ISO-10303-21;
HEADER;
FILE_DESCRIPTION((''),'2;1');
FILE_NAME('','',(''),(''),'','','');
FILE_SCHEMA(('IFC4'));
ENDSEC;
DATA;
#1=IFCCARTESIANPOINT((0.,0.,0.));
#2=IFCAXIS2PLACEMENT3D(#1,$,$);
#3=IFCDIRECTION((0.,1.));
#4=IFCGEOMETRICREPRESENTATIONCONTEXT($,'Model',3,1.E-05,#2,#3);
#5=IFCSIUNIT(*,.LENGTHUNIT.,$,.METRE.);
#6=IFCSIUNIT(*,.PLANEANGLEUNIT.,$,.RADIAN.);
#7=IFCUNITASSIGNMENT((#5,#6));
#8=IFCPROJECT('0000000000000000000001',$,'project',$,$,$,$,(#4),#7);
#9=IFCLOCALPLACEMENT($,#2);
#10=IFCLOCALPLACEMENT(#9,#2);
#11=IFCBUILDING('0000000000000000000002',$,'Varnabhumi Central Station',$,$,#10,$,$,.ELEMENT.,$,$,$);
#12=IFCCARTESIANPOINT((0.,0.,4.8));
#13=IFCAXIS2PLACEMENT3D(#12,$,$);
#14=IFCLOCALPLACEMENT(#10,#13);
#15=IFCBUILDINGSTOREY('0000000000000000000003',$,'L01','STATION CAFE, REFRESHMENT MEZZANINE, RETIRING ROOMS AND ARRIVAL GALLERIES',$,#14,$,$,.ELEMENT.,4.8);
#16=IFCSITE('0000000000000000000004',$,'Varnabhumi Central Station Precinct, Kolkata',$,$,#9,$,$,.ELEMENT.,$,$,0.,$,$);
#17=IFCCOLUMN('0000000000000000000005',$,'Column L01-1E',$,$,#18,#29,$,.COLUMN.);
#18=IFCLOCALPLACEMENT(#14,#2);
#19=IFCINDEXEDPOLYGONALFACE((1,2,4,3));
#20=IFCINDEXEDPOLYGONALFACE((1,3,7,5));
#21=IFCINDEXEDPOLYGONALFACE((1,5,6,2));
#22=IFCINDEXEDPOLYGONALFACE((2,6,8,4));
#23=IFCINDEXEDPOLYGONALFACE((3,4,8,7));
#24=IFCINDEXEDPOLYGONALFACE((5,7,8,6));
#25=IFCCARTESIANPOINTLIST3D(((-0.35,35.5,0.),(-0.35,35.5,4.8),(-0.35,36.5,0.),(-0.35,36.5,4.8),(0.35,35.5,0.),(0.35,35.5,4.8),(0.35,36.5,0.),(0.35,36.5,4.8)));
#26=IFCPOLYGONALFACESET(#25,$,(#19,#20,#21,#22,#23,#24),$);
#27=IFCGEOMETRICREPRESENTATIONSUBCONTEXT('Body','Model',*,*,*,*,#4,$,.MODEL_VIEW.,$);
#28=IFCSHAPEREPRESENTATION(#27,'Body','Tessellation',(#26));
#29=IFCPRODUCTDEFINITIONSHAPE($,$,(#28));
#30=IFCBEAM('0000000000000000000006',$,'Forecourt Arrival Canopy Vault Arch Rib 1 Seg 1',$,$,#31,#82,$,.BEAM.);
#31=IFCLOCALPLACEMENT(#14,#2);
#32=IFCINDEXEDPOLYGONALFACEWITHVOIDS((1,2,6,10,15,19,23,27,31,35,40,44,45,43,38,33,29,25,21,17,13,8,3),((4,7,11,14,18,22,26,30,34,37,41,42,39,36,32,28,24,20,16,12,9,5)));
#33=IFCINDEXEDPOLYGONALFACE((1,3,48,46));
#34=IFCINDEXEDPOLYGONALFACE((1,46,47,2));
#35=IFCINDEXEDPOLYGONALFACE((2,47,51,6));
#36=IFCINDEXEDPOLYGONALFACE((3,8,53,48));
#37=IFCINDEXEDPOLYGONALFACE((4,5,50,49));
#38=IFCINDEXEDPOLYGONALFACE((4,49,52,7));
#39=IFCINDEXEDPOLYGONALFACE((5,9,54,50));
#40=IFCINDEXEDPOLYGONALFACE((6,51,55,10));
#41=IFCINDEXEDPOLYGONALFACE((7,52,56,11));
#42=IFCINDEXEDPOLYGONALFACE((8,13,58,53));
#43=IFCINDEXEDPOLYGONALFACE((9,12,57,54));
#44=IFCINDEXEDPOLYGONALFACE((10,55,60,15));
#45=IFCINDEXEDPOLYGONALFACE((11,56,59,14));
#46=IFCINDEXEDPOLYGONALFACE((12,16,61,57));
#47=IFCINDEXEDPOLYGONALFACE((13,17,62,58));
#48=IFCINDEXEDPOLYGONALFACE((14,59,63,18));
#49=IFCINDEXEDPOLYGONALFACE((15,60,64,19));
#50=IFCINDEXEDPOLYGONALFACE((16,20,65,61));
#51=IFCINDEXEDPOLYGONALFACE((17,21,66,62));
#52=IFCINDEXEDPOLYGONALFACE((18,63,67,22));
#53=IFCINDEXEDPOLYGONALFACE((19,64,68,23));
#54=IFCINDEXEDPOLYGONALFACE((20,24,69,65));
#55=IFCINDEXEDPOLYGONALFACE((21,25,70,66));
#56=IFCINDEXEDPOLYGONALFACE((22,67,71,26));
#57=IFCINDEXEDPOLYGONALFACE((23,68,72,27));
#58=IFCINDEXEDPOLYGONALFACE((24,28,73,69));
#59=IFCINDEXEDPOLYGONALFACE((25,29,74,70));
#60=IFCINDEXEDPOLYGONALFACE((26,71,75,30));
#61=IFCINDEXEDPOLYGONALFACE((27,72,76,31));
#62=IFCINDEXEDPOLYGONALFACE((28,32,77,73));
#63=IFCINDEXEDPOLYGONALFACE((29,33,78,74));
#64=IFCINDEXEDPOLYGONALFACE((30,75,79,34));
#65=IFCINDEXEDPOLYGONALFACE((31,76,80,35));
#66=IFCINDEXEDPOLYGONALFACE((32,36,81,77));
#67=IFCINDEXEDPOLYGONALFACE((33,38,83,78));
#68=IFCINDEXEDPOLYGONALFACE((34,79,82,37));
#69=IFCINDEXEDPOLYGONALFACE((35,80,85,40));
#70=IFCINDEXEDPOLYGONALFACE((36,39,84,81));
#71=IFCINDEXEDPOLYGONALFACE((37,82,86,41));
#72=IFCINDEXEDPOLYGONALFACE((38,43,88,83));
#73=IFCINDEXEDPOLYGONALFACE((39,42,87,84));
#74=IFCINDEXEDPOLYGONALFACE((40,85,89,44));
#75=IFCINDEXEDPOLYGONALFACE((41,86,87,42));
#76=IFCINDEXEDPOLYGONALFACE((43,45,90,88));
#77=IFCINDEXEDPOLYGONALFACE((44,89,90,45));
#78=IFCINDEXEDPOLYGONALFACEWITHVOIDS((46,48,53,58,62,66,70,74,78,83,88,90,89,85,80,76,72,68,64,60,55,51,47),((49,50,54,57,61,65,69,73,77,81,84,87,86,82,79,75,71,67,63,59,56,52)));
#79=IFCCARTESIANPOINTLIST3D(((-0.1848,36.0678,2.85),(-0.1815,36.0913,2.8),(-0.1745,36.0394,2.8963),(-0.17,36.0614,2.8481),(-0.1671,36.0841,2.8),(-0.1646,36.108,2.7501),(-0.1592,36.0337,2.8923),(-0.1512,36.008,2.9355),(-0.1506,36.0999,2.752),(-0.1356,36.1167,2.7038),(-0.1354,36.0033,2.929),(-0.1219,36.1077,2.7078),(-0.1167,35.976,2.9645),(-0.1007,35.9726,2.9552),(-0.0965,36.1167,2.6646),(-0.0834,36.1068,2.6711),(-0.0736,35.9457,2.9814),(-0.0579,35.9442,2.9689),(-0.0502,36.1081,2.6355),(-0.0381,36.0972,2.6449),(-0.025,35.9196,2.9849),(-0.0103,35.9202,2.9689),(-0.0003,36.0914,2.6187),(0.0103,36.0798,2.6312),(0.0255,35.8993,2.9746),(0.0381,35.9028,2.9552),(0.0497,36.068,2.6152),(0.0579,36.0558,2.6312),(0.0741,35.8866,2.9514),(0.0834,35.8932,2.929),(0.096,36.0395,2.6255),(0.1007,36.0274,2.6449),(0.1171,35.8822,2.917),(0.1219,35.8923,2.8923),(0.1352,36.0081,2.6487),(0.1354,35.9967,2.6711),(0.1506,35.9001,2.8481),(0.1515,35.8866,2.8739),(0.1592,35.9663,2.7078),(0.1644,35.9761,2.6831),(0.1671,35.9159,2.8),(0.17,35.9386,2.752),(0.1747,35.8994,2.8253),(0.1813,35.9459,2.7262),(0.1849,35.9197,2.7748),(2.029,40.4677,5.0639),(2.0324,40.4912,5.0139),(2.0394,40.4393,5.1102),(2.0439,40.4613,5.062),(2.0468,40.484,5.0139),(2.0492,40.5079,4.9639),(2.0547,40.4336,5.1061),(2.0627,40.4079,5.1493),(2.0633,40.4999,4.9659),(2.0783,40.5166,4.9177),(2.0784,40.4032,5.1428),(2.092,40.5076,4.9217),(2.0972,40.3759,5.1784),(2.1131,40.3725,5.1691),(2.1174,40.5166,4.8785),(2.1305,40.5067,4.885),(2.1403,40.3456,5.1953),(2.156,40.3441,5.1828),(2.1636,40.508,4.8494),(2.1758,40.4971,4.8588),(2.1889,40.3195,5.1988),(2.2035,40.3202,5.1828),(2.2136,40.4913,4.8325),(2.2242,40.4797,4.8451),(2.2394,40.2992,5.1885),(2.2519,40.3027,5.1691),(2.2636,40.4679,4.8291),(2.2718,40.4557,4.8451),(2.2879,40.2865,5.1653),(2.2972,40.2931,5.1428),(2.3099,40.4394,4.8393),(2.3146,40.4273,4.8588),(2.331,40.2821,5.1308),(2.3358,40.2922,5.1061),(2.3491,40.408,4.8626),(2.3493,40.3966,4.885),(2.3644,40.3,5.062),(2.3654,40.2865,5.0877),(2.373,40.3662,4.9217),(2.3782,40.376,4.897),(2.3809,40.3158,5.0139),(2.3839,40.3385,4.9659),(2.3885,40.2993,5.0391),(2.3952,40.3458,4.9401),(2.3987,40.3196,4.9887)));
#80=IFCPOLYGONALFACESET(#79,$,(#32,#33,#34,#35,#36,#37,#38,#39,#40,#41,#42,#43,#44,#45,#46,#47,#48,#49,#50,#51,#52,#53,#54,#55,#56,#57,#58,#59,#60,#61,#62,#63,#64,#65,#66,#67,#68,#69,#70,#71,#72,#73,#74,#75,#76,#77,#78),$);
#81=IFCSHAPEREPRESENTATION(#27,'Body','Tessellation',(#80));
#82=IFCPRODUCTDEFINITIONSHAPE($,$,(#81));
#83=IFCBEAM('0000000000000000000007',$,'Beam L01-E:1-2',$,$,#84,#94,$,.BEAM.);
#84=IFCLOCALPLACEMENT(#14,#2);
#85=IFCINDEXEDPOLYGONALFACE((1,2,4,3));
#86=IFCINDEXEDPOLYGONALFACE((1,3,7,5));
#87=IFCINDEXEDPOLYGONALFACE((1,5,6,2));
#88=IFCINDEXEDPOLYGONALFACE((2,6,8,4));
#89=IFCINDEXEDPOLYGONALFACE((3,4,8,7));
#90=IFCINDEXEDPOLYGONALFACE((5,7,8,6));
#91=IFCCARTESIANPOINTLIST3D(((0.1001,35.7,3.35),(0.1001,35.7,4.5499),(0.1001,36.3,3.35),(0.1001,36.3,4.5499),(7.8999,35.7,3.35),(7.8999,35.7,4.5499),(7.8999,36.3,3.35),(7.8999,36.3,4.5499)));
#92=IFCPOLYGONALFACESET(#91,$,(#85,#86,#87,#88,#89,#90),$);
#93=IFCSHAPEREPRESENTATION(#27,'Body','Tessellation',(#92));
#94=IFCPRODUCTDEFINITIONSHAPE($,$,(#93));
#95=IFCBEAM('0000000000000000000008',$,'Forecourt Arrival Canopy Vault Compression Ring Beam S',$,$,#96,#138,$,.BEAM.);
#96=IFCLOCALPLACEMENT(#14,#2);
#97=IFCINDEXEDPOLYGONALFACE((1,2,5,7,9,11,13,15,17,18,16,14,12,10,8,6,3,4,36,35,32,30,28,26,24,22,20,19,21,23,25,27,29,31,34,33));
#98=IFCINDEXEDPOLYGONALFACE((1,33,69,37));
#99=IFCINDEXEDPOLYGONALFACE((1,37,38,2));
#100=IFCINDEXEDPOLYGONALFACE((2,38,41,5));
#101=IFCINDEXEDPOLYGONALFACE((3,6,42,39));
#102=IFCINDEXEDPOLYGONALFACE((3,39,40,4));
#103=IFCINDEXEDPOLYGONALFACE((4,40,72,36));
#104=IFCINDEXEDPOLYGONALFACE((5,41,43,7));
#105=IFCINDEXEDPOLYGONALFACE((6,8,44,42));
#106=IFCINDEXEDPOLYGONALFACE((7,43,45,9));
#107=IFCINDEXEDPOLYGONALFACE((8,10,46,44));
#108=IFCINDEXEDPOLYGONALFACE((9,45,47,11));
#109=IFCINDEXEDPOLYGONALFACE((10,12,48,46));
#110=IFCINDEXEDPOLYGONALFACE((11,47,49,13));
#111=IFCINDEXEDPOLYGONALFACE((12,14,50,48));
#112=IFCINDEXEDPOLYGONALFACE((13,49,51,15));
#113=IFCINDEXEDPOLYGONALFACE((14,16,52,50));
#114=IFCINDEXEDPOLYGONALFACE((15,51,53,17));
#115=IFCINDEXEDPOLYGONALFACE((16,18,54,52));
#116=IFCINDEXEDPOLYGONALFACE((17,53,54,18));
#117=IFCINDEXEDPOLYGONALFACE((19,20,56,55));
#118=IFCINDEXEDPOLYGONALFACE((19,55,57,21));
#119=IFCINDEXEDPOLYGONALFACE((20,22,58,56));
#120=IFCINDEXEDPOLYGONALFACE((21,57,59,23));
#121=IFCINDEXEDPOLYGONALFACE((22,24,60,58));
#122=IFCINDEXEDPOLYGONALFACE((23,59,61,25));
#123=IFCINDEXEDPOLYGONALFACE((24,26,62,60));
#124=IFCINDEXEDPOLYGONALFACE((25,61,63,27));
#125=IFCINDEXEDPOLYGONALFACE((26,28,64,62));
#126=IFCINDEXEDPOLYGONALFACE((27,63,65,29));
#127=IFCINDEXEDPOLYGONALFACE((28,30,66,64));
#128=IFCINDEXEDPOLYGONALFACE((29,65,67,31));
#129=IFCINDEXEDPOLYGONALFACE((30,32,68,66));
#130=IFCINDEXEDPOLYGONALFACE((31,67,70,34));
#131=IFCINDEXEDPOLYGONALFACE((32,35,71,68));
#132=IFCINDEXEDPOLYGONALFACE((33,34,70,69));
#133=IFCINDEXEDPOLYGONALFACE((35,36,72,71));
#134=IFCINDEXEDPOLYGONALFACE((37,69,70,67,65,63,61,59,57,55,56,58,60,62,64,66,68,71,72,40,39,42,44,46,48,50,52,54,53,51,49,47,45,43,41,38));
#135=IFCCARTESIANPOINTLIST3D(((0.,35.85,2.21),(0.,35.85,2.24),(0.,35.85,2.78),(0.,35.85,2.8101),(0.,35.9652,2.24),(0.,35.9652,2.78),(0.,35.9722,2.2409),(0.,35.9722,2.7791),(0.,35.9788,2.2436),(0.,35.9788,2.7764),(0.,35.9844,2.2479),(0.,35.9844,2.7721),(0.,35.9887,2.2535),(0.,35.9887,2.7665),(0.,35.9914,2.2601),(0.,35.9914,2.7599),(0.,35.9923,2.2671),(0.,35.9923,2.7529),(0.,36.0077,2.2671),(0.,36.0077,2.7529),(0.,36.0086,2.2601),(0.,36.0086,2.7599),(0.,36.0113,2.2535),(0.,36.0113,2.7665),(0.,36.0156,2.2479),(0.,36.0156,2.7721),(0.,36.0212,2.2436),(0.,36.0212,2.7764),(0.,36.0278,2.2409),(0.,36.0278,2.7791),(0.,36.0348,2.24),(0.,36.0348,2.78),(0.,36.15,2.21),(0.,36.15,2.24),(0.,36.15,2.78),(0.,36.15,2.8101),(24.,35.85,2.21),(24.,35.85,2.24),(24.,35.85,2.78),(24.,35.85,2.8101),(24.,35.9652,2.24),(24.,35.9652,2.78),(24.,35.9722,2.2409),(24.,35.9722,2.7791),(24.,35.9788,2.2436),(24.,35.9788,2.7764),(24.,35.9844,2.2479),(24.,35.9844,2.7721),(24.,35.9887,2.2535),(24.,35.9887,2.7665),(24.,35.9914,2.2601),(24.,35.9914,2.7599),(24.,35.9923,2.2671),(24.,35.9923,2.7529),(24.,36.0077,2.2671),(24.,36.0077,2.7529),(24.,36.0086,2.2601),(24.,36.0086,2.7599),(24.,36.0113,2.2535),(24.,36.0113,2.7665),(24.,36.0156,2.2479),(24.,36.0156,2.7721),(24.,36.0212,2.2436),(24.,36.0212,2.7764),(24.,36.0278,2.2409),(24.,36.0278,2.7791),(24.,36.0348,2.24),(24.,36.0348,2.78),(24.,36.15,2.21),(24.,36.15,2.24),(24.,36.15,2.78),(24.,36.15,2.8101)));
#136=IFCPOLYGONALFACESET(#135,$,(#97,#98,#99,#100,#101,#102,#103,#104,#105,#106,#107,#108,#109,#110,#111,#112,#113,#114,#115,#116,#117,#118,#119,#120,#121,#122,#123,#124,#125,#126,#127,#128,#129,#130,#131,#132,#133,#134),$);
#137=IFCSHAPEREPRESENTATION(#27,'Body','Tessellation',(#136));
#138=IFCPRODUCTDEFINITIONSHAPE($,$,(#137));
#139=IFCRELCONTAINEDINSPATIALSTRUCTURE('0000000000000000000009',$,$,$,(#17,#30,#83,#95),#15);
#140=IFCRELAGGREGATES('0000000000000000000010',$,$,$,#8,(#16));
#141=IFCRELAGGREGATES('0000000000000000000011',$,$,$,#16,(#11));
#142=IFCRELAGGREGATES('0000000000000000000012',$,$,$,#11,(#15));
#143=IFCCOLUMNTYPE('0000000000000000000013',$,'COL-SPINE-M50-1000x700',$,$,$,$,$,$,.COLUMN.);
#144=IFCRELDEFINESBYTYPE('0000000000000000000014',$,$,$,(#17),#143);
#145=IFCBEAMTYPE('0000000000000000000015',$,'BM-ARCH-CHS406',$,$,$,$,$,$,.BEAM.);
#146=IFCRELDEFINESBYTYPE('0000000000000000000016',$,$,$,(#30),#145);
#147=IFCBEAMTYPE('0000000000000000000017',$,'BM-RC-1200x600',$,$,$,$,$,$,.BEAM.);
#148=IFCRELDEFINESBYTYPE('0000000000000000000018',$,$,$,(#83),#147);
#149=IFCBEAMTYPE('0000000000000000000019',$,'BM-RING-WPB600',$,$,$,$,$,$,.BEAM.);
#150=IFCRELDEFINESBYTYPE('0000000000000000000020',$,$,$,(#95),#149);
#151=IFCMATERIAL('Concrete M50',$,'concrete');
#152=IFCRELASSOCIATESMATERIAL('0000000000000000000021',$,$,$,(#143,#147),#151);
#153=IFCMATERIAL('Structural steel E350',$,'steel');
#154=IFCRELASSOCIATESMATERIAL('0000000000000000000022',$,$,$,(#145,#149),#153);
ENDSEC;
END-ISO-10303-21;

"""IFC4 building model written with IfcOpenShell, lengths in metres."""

from ifc_helpers import new_model, si_unit, direction, frame, origin, origin_2d, place, context, subcontext, project, spatial, rectangle, hollow_circle, i_section, extrude, material, material_profile, profile_set, type_object, element, save


model = new_model("IFC4")

# Units and contexts
model_context = context("Model", 3, precision=1e-05, world=origin(), true_north=direction((0.0, 1.0)))
body_context = subcontext(model_context, "Body", "Model", "MODEL_VIEW")
ifc_project = project(units=[si_unit("LENGTHUNIT", "METRE"), si_unit("PLANEANGLEUNIT", "RADIAN")], contexts=[model_context])

# Site, building, storey
site_placement = place(None, origin())
site = spatial("IfcSite", under=ifc_project, at=site_placement, Name="Varnabhumi Central Station Precinct, Kolkata", CompositionType="ELEMENT", RefElevation=0.0)
building_placement = place(site_placement, origin())
building = spatial("IfcBuilding", under=site, at=building_placement, Name="Varnabhumi Central Station", CompositionType="ELEMENT")
storey_placement = place(building_placement, frame((0.0, 0.0, 4.8)))
storey = spatial("IfcBuildingStorey", under=building, at=storey_placement, Name="L01", Description="STATION CAFE, REFRESHMENT MEZZANINE, RETIRING ROOMS AND ARRIVAL GALLERIES", CompositionType="ELEMENT", Elevation=4.8)

# Column
ifc_material_1 = material(Name="Concrete M50", Category="concrete")
ifc_material_profile_1 = material_profile(ifc_material_1, rectangle(XDim=0.7, YDim=1.0, at=origin_2d()), Name="Concrete M50", Category="concrete")
ifc_profile_set_1 = profile_set([ifc_material_profile_1], Name="Concrete M50")
column_type = type_object("IfcColumnType", Name="COL-SPINE-M50-1000x700", PredefinedType="COLUMN", material=ifc_profile_set_1)
column_placement = place(storey_placement, frame((0.0, 36.0, 0.0), z_axis=(0.0, 0.0, 1.0), x_axis=(1.0, 0.0, 0.0)))
element("IfcColumn", 1, at=column_placement, inside=storey, type_object=column_type, Name="Column L01-1E", PredefinedType="COLUMN", context=body_context, shape_type="SweptSolid", body=[
    extrude(rectangle(XDim=0.7, YDim=1.0, at=origin_2d()), origin(), (0.0, 0.0, 1.0), 4.8),
])

# Beams
ifc_material_2 = material(Name="Structural steel E350", Category="steel")
ifc_material_profile_2 = material_profile(ifc_material_2, hollow_circle(Radius=0.2031, WallThickness=0.0161, at=origin_2d()), Name="Structural steel E350", Category="steel")
ifc_profile_set_2 = profile_set([ifc_material_profile_2], Name="Structural steel E350")
beam_type_1 = type_object("IfcBeamType", Name="BM-ARCH-CHS406", PredefinedType="BEAM", material=ifc_profile_set_2)
beam_1_placement = place(storey_placement, frame((0.0, 36.0, 2.8), z_axis=(0.409964, 0.814775, 0.409964), x_axis=(-0.893294, 0.449472, 0.0)))
element("IfcBeam", 2, at=beam_1_placement, inside=storey, type_object=beam_type_1, Name="Forecourt Arrival Canopy Vault Arch Rib 1 Seg 1", PredefinedType="BEAM", context=body_context, shape_type="SweptSolid", body=[
    extrude(hollow_circle(Radius=0.2031, WallThickness=0.0161, at=origin_2d()), origin(), (0.0, 0.0, 1.0), 5.4001),
])
ifc_material_profile_3 = material_profile(ifc_material_1, rectangle(XDim=0.6001, YDim=1.2, at=origin_2d()), Name="Concrete M50", Category="concrete")
ifc_profile_set_3 = profile_set([ifc_material_profile_3], Name="Concrete M50")
beam_type_2 = type_object("IfcBeamType", Name="BM-RC-1200x600", PredefinedType="BEAM", material=ifc_profile_set_3)
beam_2_placement = place(storey_placement, frame((0.1001, 36.0, 3.95), z_axis=(1.0, 0.0, 0.0), x_axis=(0.0, 1.0, 0.0)))
element("IfcBeam", 3, at=beam_2_placement, inside=storey, type_object=beam_type_2, Name="Beam L01-E:1-2", PredefinedType="BEAM", context=body_context, shape_type="SweptSolid", body=[
    extrude(rectangle(XDim=0.6001, YDim=1.2, at=origin_2d()), origin(), (0.0, 0.0, 1.0), 7.7998),
])
ifc_material_profile_4 = material_profile(ifc_material_2, i_section(OverallWidth=0.3, OverallDepth=0.6001, WebThickness=0.0154, FlangeThickness=0.03, FilletRadius=0.0271, at=origin_2d()), Name="Structural steel E350", Category="steel")
ifc_profile_set_4 = profile_set([ifc_material_profile_4], Name="Structural steel E350")
beam_type_3 = type_object("IfcBeamType", Name="BM-RING-WPB600", PredefinedType="BEAM", material=ifc_profile_set_4)
beam_3_placement = place(storey_placement, frame((0.0, 36.0, 2.51), z_axis=(1.0, 0.0, 0.0), x_axis=(0.0, 1.0, 0.0)))
element("IfcBeam", 4, at=beam_3_placement, inside=storey, type_object=beam_type_3, Name="Forecourt Arrival Canopy Vault Compression Ring Beam S", PredefinedType="BEAM", context=body_context, shape_type="SweptSolid", body=[
    extrude(i_section(OverallWidth=0.3, OverallDepth=0.6001, WebThickness=0.0154, FlangeThickness=0.03, FilletRadius=0.0271, at=origin_2d()), origin(), (0.0, 0.0, 1.0), 24.0),
])

save(model, "model.ifc")
